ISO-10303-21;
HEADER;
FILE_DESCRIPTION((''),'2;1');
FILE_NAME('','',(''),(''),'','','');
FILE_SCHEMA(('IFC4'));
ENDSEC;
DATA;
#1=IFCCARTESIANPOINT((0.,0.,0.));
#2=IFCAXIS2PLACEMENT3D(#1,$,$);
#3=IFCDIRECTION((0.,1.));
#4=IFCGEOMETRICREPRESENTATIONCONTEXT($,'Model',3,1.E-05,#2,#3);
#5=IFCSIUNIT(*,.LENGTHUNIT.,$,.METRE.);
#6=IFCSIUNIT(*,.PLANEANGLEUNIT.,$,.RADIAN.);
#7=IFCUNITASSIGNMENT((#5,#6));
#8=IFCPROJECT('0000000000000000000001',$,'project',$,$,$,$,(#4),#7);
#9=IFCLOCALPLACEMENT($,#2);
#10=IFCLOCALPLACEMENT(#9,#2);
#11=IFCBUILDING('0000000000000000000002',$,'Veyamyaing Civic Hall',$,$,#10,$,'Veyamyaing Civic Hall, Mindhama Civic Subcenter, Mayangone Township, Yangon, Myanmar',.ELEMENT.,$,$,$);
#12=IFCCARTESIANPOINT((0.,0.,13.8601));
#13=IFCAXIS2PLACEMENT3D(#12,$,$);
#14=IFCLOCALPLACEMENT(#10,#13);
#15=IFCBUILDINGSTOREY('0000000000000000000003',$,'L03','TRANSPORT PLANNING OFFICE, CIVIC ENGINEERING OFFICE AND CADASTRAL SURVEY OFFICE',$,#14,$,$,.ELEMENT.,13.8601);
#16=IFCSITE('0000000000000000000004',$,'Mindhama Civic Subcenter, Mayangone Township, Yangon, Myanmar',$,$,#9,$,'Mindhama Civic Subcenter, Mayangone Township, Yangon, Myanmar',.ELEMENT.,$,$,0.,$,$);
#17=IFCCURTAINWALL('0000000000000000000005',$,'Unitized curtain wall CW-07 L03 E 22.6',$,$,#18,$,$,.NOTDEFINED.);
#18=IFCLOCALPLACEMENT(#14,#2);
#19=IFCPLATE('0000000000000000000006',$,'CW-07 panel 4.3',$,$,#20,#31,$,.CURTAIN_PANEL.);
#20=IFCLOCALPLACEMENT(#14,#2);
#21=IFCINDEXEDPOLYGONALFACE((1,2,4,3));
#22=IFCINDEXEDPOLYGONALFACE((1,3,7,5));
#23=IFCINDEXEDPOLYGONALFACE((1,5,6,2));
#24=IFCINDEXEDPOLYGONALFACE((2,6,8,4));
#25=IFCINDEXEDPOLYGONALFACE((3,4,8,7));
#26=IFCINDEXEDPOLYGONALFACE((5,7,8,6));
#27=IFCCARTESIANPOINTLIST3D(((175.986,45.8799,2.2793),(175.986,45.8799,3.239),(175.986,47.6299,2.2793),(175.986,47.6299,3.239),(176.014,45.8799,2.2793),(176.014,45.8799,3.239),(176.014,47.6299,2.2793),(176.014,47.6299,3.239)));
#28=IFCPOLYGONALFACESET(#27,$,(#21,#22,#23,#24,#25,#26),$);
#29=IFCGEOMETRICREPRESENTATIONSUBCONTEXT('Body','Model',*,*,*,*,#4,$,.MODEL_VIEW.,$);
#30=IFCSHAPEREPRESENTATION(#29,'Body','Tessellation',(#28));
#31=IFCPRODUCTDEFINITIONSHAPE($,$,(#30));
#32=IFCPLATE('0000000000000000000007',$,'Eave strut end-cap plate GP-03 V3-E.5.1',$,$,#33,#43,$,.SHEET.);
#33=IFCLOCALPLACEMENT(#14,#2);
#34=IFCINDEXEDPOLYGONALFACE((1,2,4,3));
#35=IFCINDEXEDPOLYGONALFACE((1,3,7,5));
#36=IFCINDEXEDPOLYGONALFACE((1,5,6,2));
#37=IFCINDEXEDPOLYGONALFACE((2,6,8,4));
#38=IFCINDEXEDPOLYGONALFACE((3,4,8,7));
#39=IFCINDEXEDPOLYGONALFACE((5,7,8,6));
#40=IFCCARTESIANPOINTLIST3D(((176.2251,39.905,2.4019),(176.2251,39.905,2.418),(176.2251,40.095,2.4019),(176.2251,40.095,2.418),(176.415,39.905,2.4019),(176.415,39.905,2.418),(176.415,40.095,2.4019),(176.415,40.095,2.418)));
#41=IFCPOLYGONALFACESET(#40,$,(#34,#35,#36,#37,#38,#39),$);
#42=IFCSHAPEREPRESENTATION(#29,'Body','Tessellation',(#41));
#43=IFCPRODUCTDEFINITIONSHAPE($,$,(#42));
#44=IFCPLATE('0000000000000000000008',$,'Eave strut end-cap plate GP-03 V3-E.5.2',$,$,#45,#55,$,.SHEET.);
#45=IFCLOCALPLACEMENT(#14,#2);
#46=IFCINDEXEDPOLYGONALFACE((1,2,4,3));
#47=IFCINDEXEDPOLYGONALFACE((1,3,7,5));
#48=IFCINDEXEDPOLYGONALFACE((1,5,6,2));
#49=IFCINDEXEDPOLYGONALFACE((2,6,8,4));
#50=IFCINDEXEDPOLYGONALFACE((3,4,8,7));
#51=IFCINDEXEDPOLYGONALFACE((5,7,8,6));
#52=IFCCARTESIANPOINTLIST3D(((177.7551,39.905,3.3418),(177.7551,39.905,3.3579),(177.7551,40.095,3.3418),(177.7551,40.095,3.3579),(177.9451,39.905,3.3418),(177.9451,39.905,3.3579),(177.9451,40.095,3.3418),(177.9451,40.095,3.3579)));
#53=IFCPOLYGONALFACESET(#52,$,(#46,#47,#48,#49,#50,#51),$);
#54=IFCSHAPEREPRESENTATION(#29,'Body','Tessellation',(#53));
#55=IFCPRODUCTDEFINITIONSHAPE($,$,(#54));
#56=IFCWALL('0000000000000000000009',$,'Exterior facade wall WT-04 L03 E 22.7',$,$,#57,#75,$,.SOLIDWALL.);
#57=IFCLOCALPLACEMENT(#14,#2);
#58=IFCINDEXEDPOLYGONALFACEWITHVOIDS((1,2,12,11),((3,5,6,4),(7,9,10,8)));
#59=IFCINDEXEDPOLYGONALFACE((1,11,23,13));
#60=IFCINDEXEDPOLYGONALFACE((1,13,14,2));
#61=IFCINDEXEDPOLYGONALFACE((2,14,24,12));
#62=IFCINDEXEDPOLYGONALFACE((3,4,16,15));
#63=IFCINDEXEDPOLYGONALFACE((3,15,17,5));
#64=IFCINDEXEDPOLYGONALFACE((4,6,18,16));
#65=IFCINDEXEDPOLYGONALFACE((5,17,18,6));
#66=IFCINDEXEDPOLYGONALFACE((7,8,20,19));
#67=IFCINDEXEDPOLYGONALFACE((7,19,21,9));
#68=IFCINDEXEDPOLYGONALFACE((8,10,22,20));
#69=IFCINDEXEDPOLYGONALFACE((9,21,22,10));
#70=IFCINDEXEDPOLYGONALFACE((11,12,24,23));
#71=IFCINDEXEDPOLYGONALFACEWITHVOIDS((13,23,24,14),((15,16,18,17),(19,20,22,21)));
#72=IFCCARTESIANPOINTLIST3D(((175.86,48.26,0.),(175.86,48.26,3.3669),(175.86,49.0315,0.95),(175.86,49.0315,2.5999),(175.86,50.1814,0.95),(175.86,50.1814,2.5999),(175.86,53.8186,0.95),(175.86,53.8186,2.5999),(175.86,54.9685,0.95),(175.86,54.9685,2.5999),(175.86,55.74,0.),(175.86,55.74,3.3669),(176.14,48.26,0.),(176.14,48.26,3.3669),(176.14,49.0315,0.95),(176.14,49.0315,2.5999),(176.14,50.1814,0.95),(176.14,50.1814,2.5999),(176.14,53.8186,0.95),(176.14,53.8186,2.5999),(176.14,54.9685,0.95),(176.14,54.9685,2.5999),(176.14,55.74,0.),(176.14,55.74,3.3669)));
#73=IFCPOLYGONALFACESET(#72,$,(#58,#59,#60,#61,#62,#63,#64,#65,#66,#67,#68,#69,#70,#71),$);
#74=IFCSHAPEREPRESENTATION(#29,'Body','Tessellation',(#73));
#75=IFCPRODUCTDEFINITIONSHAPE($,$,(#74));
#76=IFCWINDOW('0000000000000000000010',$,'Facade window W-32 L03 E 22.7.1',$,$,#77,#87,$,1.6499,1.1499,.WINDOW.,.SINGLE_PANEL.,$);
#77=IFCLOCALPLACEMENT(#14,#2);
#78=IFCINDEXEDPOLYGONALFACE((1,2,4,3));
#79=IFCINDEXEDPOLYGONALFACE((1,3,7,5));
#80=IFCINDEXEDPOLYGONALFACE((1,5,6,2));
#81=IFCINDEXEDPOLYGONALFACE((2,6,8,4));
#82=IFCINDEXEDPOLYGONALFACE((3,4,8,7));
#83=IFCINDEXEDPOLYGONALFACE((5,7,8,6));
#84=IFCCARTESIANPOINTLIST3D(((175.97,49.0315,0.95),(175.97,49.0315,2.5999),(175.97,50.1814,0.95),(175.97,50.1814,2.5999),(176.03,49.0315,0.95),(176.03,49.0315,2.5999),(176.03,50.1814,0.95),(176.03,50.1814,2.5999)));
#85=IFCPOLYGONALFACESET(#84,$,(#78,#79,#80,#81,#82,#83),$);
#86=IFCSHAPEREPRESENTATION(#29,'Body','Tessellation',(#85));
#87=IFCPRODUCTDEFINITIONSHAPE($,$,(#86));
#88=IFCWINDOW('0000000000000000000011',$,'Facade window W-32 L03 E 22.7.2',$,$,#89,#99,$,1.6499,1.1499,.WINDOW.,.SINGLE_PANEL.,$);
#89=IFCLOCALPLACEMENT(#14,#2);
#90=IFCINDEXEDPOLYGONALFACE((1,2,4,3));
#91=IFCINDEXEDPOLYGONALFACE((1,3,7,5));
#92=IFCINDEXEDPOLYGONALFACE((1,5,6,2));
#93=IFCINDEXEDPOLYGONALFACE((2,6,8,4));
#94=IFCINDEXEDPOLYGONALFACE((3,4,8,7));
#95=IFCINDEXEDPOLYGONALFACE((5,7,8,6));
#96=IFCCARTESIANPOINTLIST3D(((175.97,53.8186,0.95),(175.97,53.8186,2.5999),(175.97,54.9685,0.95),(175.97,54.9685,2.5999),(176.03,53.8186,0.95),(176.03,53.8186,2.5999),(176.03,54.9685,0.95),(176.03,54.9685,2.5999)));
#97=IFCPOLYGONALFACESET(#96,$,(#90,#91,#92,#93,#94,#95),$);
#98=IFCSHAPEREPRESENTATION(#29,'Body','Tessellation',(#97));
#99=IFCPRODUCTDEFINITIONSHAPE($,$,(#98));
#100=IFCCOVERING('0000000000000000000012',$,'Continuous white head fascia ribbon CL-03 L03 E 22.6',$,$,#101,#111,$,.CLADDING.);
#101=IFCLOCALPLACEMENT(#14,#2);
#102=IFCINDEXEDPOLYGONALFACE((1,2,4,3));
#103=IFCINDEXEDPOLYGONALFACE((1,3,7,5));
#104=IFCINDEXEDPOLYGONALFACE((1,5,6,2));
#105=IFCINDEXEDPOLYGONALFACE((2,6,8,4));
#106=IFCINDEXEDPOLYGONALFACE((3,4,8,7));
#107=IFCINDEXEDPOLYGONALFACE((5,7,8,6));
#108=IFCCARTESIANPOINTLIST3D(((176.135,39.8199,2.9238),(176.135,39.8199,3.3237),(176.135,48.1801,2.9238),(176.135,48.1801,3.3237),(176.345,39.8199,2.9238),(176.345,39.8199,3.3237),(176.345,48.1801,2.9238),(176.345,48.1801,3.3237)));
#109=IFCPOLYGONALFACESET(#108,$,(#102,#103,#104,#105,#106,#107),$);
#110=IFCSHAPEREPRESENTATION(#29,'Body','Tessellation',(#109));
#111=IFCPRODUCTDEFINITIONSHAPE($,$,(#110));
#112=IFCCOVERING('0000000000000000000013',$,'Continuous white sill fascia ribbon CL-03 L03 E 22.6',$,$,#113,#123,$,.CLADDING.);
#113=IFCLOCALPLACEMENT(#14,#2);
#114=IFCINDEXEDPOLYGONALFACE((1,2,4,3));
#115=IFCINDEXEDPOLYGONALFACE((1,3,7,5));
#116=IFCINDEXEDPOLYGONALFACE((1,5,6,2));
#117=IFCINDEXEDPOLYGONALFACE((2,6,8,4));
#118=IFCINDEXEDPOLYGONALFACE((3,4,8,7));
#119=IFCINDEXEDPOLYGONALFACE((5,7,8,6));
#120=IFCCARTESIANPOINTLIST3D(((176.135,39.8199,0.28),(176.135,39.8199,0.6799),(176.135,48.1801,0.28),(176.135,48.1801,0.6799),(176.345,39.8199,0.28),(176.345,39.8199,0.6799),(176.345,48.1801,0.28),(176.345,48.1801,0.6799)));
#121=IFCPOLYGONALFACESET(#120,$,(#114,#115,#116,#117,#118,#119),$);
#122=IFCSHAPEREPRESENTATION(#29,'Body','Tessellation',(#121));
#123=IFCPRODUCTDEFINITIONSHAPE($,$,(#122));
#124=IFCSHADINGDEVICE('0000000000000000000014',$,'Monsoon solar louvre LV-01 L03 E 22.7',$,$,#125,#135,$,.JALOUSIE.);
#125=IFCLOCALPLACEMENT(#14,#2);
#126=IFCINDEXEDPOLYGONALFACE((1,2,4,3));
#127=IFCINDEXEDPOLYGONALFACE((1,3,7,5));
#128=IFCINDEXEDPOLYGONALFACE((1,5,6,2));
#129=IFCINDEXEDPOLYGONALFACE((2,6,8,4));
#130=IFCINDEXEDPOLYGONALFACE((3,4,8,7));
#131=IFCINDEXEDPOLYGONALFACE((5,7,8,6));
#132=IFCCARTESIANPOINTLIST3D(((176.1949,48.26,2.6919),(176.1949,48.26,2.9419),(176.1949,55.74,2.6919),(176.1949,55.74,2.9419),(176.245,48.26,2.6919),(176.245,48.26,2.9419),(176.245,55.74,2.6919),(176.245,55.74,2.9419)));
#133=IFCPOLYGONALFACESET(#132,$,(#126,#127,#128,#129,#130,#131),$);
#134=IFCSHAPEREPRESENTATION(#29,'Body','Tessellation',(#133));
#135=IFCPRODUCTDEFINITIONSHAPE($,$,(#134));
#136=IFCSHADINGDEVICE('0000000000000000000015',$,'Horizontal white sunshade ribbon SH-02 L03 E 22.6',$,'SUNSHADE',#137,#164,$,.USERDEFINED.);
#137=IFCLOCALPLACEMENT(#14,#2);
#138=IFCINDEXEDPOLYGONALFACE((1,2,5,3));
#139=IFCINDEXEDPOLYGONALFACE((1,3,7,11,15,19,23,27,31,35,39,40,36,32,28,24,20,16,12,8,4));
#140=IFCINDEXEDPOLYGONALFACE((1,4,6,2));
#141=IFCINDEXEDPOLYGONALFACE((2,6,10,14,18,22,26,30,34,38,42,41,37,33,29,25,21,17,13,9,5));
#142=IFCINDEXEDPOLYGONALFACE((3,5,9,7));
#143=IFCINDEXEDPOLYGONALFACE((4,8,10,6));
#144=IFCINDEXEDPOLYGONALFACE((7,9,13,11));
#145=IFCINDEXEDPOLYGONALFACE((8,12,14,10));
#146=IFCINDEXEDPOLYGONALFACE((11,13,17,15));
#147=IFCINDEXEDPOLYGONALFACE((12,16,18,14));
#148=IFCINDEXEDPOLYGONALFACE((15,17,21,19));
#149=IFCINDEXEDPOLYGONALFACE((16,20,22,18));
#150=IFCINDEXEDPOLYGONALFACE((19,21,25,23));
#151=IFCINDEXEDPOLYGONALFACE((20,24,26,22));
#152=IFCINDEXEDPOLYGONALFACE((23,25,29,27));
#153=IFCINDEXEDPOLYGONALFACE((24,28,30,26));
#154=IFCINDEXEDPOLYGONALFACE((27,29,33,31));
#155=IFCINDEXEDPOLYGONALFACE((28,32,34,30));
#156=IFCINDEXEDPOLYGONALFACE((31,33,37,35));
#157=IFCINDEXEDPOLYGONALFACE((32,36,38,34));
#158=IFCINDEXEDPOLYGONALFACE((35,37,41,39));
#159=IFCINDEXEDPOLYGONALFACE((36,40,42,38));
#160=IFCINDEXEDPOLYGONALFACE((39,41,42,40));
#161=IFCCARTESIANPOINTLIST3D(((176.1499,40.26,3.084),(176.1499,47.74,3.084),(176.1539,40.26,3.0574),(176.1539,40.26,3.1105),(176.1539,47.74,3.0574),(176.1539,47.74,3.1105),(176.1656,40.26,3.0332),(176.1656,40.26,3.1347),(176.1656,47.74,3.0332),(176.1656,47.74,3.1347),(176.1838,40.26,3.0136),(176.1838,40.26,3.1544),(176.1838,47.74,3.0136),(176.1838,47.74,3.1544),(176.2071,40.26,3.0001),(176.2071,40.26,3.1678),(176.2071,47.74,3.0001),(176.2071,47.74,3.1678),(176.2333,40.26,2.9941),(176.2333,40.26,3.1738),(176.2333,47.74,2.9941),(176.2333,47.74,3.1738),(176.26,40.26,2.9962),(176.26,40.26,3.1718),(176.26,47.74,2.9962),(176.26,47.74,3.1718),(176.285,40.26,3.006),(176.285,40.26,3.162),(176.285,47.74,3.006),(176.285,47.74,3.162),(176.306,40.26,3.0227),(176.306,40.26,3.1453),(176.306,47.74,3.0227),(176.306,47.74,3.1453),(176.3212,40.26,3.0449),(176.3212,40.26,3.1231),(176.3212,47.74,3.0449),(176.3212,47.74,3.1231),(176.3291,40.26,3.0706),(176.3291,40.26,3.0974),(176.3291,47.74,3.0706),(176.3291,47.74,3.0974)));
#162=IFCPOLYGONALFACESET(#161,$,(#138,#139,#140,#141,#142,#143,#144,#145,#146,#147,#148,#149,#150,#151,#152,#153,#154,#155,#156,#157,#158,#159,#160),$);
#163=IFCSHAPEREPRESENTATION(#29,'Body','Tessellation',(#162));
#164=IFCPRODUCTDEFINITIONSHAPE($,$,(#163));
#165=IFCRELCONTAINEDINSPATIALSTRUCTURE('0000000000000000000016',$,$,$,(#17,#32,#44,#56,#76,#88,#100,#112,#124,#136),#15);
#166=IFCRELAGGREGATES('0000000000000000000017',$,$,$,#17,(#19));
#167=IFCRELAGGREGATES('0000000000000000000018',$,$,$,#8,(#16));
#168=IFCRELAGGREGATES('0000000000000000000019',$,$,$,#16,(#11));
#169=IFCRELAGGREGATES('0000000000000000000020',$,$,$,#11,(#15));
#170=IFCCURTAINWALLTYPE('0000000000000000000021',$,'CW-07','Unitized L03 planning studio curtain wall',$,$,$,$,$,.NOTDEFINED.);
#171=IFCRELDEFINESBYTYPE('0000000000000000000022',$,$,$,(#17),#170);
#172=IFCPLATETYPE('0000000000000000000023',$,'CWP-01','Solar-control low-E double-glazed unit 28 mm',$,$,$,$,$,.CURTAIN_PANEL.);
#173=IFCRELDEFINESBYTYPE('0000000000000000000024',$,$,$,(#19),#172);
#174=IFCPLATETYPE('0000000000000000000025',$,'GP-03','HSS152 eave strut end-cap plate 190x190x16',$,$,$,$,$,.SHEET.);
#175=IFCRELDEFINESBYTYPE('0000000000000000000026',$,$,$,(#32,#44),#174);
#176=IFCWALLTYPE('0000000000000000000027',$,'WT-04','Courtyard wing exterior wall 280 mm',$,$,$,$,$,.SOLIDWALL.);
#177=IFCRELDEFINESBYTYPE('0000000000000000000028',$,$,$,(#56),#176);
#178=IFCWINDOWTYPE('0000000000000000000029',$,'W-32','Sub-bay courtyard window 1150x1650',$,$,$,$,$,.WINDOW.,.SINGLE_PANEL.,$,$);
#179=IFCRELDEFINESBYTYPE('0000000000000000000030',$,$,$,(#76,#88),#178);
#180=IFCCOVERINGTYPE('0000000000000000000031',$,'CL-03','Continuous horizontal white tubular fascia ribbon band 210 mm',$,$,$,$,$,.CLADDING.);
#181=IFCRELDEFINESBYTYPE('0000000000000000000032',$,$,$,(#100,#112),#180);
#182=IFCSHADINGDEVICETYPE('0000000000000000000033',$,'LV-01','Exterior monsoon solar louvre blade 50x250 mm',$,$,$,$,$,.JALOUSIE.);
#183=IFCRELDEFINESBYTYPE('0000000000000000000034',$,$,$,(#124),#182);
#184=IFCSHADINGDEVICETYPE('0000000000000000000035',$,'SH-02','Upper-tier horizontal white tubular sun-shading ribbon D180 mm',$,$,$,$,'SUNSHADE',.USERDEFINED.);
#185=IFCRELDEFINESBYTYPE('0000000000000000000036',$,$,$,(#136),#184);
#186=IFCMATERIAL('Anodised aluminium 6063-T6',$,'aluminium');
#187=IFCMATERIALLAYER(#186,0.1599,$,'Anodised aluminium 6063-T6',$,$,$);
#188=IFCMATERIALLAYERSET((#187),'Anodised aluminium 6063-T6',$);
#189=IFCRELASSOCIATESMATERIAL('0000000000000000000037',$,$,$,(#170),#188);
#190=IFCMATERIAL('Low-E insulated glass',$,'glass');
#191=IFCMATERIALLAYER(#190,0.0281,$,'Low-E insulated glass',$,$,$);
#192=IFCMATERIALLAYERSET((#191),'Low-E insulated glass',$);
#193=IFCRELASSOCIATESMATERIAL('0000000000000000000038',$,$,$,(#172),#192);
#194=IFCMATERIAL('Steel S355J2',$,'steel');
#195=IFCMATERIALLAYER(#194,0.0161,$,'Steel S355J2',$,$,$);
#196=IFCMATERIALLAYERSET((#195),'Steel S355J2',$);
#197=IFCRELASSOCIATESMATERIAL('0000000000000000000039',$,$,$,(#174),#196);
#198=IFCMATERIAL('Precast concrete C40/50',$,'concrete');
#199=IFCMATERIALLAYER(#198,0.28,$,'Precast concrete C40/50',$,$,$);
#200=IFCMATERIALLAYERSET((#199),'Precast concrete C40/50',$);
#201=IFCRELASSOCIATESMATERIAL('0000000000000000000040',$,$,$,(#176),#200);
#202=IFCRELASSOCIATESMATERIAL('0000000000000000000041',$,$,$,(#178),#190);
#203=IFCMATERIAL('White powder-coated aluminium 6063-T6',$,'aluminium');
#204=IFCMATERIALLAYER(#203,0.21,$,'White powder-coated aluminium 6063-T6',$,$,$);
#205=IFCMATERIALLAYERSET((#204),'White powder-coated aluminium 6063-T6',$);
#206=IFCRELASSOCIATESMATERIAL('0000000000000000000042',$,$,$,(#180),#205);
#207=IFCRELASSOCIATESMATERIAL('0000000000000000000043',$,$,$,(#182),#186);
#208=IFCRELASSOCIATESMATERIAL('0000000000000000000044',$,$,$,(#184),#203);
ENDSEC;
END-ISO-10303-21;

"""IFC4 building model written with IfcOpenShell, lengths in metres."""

from ifc_helpers import new_model, si_unit, direction, frame, frame_2d, origin, origin_2d, place, context, subcontext, project, spatial, rectangle, circle, extrude, material, layer, layer_set, material_profile, profile_set, type_object, element, fill, aggregate, save


model = new_model("IFC4")

# Units and contexts
model_context = context("Model", 3, precision=1e-05, world=origin(), true_north=direction((0.0, 1.0)))
body_context = subcontext(model_context, "Body", "Model", "MODEL_VIEW")
ifc_project = project(units=[si_unit("LENGTHUNIT", "METRE"), si_unit("PLANEANGLEUNIT", "RADIAN")], contexts=[model_context])

# Site, building, storey
site_placement = place(None, origin())
site = spatial("IfcSite", under=ifc_project, at=site_placement, Name="Mindhama Civic Subcenter, Mayangone Township, Yangon, Myanmar", LongName="Mindhama Civic Subcenter, Mayangone Township, Yangon, Myanmar", CompositionType="ELEMENT", RefElevation=0.0)
building_placement = place(site_placement, origin())
building = spatial("IfcBuilding", under=site, at=building_placement, Name="Veyamyaing Civic Hall", LongName="Veyamyaing Civic Hall, Mindhama Civic Subcenter, Mayangone Township, Yangon, Myanmar", CompositionType="ELEMENT")
storey_placement = place(building_placement, frame((0.0, 0.0, 13.8601)))
storey = spatial("IfcBuildingStorey", under=building, at=storey_placement, Name="L03", Description="TRANSPORT PLANNING OFFICE, CIVIC ENGINEERING OFFICE AND CADASTRAL SURVEY OFFICE", CompositionType="ELEMENT", Elevation=13.8601)

# Curtain wall
ifc_material_1 = material(Name="Anodised aluminium 6063-T6", Category="aluminium")
ifc_layer_1 = layer(ifc_material_1, 0.1599, Name="Anodised aluminium 6063-T6")
ifc_layer_set_1 = layer_set([ifc_layer_1], Name="Anodised aluminium 6063-T6")
curtain_wall_type = type_object("IfcCurtainWallType", Name="CW-07", Description="Unitized L03 planning studio curtain wall", PredefinedType="NOTDEFINED", material=ifc_layer_set_1)
curtain_wall_placement = place(storey_placement, origin())
curtain_wall = element("IfcCurtainWall", 1, at=curtain_wall_placement, inside=storey, type_object=curtain_wall_type, Name="Unitized curtain wall CW-07 L03 E 22.6", PredefinedType="NOTDEFINED")

# Shared definitions
ifc_material_2 = material(Name="Steel S355J2", Category="steel")

# Plate
ifc_material_3 = material(Name="Low-E insulated glass", Category="glass")
ifc_layer_2 = layer(ifc_material_3, 0.0281, Name="Low-E insulated glass")
ifc_layer_set_2 = layer_set([ifc_layer_2], Name="Low-E insulated glass")
plate_type_1 = type_object("IfcPlateType", Name="CWP-01", Description="Solar-control low-E double-glazed unit 28 mm", PredefinedType="CURTAIN_PANEL", material=ifc_layer_set_2)
plate_1_placement = place(storey_placement, frame((176.0, 46.7549, 2.2793), z_axis=(0.0, 0.0, 1.0), x_axis=(0.0, 1.0, 0.0)))
plate_1 = element("IfcPlate", 2, at=plate_1_placement, type_object=plate_type_1, Name="CW-07 panel 4.3", PredefinedType="CURTAIN_PANEL", context=body_context, shape_type="SweptSolid", body=[
    extrude(rectangle(XDim=1.75, YDim=0.0281, at=origin_2d()), origin(), (0.0, 0.0, 1.0), 0.9597),
])
aggregate(curtain_wall, [plate_1])

# Plates
ifc_layer_3 = layer(ifc_material_2, 0.0161, Name="Steel S355J2")
ifc_layer_set_3 = layer_set([ifc_layer_3], Name="Steel S355J2")
plate_type_2 = type_object("IfcPlateType", Name="GP-03", Description="HSS152 eave strut end-cap plate 190x190x16", PredefinedType="SHEET", material=ifc_layer_set_3)
for number, where, z_axis, x_axis, name in (
    (3, (176.3201, 40.0, 2.4019), (0.0, 0.0, 1.0), (1.0, 0.0, 0.0), "Eave strut end-cap plate GP-03 V3-E.5.1"),
    (4, (177.8501, 40.0, 3.3418), (0.0, 0.0, 1.0), (1.0, 0.0, 0.0), "Eave strut end-cap plate GP-03 V3-E.5.2"),
):
    element("IfcPlate", number, at=place(storey_placement, frame(where, z_axis=z_axis, x_axis=x_axis)), inside=storey, type_object=plate_type_2, Name=name, PredefinedType="SHEET", context=body_context, shape_type="SweptSolid", body=[
        extrude(rectangle(XDim=0.1899, YDim=0.1899, at=origin_2d()), origin(), (0.0, 0.0, 1.0), 0.0161),
    ])

# Wall, openings, windows
ifc_material_4 = material(Name="Precast concrete C40/50", Category="concrete")
ifc_layer_4 = layer(ifc_material_4, 0.28, Name="Precast concrete C40/50")
ifc_layer_set_4 = layer_set([ifc_layer_4], Name="Precast concrete C40/50")
wall_type = type_object("IfcWallType", Name="WT-04", Description="Courtyard wing exterior wall 280 mm", PredefinedType="SOLIDWALL", material=ifc_layer_set_4)
wall_placement = place(storey_placement, frame((176.0, 48.26, 0.0), z_axis=(0.0, 0.0, 1.0), x_axis=(0.0, 1.0, 0.0)))
wall = element("IfcWall", 5, at=wall_placement, inside=storey, type_object=wall_type, Name="Exterior facade wall WT-04 L03 E 22.7", PredefinedType="SOLIDWALL", context=body_context, shape_type="SweptSolid", body=[
    extrude(rectangle(XDim=7.48, YDim=0.28, at=frame_2d((3.74, 0.0))), origin(), (0.0, 0.0, 1.0), 3.3669),
])
opening_1_placement = place(wall_placement, frame((0.7715, 0.0, 0.95)))
opening_1 = element("IfcOpeningElement", 6, at=opening_1_placement, cuts=wall, PredefinedType="OPENING", context=body_context, shape_type="SweptSolid", body=[
    extrude(rectangle(XDim=1.1499, YDim=1.6499, at=frame_2d((0.575, 0.825))), frame((0.0, 0.1499, 0.0), z_axis=(0.0, -1.0, 0.0), x_axis=(1.0, 0.0, 0.0)), (0.0, 0.0, 1.0), 0.3),
])
opening_2_placement = place(wall_placement, frame((5.5586, 0.0, 0.95)))
opening_2 = element("IfcOpeningElement", 7, at=opening_2_placement, cuts=wall, PredefinedType="OPENING", context=body_context, shape_type="SweptSolid", body=[
    extrude(rectangle(XDim=1.1499, YDim=1.6499, at=frame_2d((0.575, 0.825))), frame((0.0, 0.1499, 0.0), z_axis=(0.0, -1.0, 0.0), x_axis=(1.0, 0.0, 0.0)), (0.0, 0.0, 1.0), 0.3),
])
window_type = type_object("IfcWindowType", Name="W-32", Description="Sub-bay courtyard window 1150x1650", PartitioningType="SINGLE_PANEL", PredefinedType="WINDOW", material=ifc_material_3)
window_1_placement = place(opening_1_placement, origin())
window_1 = element("IfcWindow", 8, at=window_1_placement, inside=storey, type_object=window_type, Name="Facade window W-32 L03 E 22.7.1", OverallHeight=1.6499, OverallWidth=1.1499, PartitioningType="SINGLE_PANEL", PredefinedType="WINDOW", context=body_context, shape_type="SweptSolid", body=[
    extrude(rectangle(XDim=1.1499, YDim=1.6499, at=frame_2d((0.575, 0.825))), frame((0.0, 0.03, 0.0), z_axis=(0.0, -1.0, 0.0), x_axis=(1.0, 0.0, 0.0)), (0.0, 0.0, 1.0), 0.0601),
])
fill(opening_1, window_1)
window_2_placement = place(opening_2_placement, origin())
window_2 = element("IfcWindow", 9, at=window_2_placement, inside=storey, type_object=window_type, Name="Facade window W-32 L03 E 22.7.2", OverallHeight=1.6499, OverallWidth=1.1499, PartitioningType="SINGLE_PANEL", PredefinedType="WINDOW", context=body_context, shape_type="SweptSolid", body=[
    extrude(rectangle(XDim=1.1499, YDim=1.6499, at=frame_2d((0.575, 0.825))), frame((0.0, 0.03, 0.0), z_axis=(0.0, -1.0, 0.0), x_axis=(1.0, 0.0, 0.0)), (0.0, 0.0, 1.0), 0.0601),
])
fill(opening_2, window_2)

# Coverings
ifc_material_5 = material(Name="White powder-coated aluminium 6063-T6", Category="aluminium")
ifc_layer_5 = layer(ifc_material_5, 0.21, Name="White powder-coated aluminium 6063-T6")
ifc_layer_set_5 = layer_set([ifc_layer_5], Name="White powder-coated aluminium 6063-T6")
covering_type = type_object("IfcCoveringType", Name="CL-03", Description="Continuous horizontal white tubular fascia ribbon band 210 mm", PredefinedType="CLADDING", material=ifc_layer_set_5)
for number, where, z_axis, x_axis, name in (
    (10, (176.24, 44.0, 2.9238), (0.0, 0.0, 1.0), (0.0, 1.0, 0.0), "Continuous white head fascia ribbon CL-03 L03 E 22.6"),
    (11, (176.24, 44.0, 0.28), (0.0, 0.0, 1.0), (0.0, 1.0, 0.0), "Continuous white sill fascia ribbon CL-03 L03 E 22.6"),
):
    element("IfcCovering", number, at=place(storey_placement, frame(where, z_axis=z_axis, x_axis=x_axis)), inside=storey, type_object=covering_type, Name=name, PredefinedType="CLADDING", context=body_context, shape_type="SweptSolid", body=[
        extrude(rectangle(XDim=8.3601, YDim=0.21, at=origin_2d()), origin(), (0.0, 0.0, 1.0), 0.3999),
    ])

# Shading devices
ifc_material_profile_1 = material_profile(ifc_material_1, rectangle(XDim=0.05, YDim=0.25, at=origin_2d()), Name="LOUVRE-BLADE-50X250")
ifc_profile_set_1 = profile_set([ifc_material_profile_1], Name="Anodised aluminium 6063-T6")
shading_device_type_1 = type_object("IfcShadingDeviceType", Name="LV-01", Description="Exterior monsoon solar louvre blade 50x250 mm", PredefinedType="JALOUSIE", material=ifc_profile_set_1)
shading_device_placement = place(storey_placement, frame((176.22, 48.26, 2.8169), z_axis=(0.0, 1.0, 0.0), x_axis=(-1.0, 0.0, 0.0)))
element("IfcShadingDevice", 12, at=shading_device_placement, inside=storey, type_object=shading_device_type_1, Name="Monsoon solar louvre LV-01 L03 E 22.7", PredefinedType="JALOUSIE", context=body_context, shape_type="SweptSolid", body=[
    extrude(rectangle(XDim=0.05, YDim=0.25, at=origin_2d()), origin(), (0.0, 0.0, 1.0), 7.48),
])
ifc_material_profile_2 = material_profile(ifc_material_5, circle(Radius=0.0901, at=origin_2d()), Name="SHADE-TUBE-180")
ifc_profile_set_2 = profile_set([ifc_material_profile_2], Name="White powder-coated aluminium 6063-T6")
shading_device_type_2 = type_object("IfcShadingDeviceType", Name="SH-02", Description="Upper-tier horizontal white tubular sun-shading ribbon D180 mm", ElementType="SUNSHADE", PredefinedType="USERDEFINED", material=ifc_profile_set_2)
for number, where, z_axis, x_axis, name in (
    (13, (176.24, 40.26, 3.084), (0.0, 1.0, 0.0), (-1.0, 0.0, 0.0), "Horizontal white sunshade ribbon SH-02 L03 E 22.6"),
):
    element("IfcShadingDevice", number, at=place(storey_placement, frame(where, z_axis=z_axis, x_axis=x_axis)), inside=storey, type_object=shading_device_type_2, Name=name, ObjectType="SUNSHADE", PredefinedType="USERDEFINED", context=body_context, shape_type="SweptSolid", body=[
        extrude(circle(Radius=0.0901, at=origin_2d()), origin(), (0.0, 0.0, 1.0), 7.48),
    ])

save(model, "model.ifc")
